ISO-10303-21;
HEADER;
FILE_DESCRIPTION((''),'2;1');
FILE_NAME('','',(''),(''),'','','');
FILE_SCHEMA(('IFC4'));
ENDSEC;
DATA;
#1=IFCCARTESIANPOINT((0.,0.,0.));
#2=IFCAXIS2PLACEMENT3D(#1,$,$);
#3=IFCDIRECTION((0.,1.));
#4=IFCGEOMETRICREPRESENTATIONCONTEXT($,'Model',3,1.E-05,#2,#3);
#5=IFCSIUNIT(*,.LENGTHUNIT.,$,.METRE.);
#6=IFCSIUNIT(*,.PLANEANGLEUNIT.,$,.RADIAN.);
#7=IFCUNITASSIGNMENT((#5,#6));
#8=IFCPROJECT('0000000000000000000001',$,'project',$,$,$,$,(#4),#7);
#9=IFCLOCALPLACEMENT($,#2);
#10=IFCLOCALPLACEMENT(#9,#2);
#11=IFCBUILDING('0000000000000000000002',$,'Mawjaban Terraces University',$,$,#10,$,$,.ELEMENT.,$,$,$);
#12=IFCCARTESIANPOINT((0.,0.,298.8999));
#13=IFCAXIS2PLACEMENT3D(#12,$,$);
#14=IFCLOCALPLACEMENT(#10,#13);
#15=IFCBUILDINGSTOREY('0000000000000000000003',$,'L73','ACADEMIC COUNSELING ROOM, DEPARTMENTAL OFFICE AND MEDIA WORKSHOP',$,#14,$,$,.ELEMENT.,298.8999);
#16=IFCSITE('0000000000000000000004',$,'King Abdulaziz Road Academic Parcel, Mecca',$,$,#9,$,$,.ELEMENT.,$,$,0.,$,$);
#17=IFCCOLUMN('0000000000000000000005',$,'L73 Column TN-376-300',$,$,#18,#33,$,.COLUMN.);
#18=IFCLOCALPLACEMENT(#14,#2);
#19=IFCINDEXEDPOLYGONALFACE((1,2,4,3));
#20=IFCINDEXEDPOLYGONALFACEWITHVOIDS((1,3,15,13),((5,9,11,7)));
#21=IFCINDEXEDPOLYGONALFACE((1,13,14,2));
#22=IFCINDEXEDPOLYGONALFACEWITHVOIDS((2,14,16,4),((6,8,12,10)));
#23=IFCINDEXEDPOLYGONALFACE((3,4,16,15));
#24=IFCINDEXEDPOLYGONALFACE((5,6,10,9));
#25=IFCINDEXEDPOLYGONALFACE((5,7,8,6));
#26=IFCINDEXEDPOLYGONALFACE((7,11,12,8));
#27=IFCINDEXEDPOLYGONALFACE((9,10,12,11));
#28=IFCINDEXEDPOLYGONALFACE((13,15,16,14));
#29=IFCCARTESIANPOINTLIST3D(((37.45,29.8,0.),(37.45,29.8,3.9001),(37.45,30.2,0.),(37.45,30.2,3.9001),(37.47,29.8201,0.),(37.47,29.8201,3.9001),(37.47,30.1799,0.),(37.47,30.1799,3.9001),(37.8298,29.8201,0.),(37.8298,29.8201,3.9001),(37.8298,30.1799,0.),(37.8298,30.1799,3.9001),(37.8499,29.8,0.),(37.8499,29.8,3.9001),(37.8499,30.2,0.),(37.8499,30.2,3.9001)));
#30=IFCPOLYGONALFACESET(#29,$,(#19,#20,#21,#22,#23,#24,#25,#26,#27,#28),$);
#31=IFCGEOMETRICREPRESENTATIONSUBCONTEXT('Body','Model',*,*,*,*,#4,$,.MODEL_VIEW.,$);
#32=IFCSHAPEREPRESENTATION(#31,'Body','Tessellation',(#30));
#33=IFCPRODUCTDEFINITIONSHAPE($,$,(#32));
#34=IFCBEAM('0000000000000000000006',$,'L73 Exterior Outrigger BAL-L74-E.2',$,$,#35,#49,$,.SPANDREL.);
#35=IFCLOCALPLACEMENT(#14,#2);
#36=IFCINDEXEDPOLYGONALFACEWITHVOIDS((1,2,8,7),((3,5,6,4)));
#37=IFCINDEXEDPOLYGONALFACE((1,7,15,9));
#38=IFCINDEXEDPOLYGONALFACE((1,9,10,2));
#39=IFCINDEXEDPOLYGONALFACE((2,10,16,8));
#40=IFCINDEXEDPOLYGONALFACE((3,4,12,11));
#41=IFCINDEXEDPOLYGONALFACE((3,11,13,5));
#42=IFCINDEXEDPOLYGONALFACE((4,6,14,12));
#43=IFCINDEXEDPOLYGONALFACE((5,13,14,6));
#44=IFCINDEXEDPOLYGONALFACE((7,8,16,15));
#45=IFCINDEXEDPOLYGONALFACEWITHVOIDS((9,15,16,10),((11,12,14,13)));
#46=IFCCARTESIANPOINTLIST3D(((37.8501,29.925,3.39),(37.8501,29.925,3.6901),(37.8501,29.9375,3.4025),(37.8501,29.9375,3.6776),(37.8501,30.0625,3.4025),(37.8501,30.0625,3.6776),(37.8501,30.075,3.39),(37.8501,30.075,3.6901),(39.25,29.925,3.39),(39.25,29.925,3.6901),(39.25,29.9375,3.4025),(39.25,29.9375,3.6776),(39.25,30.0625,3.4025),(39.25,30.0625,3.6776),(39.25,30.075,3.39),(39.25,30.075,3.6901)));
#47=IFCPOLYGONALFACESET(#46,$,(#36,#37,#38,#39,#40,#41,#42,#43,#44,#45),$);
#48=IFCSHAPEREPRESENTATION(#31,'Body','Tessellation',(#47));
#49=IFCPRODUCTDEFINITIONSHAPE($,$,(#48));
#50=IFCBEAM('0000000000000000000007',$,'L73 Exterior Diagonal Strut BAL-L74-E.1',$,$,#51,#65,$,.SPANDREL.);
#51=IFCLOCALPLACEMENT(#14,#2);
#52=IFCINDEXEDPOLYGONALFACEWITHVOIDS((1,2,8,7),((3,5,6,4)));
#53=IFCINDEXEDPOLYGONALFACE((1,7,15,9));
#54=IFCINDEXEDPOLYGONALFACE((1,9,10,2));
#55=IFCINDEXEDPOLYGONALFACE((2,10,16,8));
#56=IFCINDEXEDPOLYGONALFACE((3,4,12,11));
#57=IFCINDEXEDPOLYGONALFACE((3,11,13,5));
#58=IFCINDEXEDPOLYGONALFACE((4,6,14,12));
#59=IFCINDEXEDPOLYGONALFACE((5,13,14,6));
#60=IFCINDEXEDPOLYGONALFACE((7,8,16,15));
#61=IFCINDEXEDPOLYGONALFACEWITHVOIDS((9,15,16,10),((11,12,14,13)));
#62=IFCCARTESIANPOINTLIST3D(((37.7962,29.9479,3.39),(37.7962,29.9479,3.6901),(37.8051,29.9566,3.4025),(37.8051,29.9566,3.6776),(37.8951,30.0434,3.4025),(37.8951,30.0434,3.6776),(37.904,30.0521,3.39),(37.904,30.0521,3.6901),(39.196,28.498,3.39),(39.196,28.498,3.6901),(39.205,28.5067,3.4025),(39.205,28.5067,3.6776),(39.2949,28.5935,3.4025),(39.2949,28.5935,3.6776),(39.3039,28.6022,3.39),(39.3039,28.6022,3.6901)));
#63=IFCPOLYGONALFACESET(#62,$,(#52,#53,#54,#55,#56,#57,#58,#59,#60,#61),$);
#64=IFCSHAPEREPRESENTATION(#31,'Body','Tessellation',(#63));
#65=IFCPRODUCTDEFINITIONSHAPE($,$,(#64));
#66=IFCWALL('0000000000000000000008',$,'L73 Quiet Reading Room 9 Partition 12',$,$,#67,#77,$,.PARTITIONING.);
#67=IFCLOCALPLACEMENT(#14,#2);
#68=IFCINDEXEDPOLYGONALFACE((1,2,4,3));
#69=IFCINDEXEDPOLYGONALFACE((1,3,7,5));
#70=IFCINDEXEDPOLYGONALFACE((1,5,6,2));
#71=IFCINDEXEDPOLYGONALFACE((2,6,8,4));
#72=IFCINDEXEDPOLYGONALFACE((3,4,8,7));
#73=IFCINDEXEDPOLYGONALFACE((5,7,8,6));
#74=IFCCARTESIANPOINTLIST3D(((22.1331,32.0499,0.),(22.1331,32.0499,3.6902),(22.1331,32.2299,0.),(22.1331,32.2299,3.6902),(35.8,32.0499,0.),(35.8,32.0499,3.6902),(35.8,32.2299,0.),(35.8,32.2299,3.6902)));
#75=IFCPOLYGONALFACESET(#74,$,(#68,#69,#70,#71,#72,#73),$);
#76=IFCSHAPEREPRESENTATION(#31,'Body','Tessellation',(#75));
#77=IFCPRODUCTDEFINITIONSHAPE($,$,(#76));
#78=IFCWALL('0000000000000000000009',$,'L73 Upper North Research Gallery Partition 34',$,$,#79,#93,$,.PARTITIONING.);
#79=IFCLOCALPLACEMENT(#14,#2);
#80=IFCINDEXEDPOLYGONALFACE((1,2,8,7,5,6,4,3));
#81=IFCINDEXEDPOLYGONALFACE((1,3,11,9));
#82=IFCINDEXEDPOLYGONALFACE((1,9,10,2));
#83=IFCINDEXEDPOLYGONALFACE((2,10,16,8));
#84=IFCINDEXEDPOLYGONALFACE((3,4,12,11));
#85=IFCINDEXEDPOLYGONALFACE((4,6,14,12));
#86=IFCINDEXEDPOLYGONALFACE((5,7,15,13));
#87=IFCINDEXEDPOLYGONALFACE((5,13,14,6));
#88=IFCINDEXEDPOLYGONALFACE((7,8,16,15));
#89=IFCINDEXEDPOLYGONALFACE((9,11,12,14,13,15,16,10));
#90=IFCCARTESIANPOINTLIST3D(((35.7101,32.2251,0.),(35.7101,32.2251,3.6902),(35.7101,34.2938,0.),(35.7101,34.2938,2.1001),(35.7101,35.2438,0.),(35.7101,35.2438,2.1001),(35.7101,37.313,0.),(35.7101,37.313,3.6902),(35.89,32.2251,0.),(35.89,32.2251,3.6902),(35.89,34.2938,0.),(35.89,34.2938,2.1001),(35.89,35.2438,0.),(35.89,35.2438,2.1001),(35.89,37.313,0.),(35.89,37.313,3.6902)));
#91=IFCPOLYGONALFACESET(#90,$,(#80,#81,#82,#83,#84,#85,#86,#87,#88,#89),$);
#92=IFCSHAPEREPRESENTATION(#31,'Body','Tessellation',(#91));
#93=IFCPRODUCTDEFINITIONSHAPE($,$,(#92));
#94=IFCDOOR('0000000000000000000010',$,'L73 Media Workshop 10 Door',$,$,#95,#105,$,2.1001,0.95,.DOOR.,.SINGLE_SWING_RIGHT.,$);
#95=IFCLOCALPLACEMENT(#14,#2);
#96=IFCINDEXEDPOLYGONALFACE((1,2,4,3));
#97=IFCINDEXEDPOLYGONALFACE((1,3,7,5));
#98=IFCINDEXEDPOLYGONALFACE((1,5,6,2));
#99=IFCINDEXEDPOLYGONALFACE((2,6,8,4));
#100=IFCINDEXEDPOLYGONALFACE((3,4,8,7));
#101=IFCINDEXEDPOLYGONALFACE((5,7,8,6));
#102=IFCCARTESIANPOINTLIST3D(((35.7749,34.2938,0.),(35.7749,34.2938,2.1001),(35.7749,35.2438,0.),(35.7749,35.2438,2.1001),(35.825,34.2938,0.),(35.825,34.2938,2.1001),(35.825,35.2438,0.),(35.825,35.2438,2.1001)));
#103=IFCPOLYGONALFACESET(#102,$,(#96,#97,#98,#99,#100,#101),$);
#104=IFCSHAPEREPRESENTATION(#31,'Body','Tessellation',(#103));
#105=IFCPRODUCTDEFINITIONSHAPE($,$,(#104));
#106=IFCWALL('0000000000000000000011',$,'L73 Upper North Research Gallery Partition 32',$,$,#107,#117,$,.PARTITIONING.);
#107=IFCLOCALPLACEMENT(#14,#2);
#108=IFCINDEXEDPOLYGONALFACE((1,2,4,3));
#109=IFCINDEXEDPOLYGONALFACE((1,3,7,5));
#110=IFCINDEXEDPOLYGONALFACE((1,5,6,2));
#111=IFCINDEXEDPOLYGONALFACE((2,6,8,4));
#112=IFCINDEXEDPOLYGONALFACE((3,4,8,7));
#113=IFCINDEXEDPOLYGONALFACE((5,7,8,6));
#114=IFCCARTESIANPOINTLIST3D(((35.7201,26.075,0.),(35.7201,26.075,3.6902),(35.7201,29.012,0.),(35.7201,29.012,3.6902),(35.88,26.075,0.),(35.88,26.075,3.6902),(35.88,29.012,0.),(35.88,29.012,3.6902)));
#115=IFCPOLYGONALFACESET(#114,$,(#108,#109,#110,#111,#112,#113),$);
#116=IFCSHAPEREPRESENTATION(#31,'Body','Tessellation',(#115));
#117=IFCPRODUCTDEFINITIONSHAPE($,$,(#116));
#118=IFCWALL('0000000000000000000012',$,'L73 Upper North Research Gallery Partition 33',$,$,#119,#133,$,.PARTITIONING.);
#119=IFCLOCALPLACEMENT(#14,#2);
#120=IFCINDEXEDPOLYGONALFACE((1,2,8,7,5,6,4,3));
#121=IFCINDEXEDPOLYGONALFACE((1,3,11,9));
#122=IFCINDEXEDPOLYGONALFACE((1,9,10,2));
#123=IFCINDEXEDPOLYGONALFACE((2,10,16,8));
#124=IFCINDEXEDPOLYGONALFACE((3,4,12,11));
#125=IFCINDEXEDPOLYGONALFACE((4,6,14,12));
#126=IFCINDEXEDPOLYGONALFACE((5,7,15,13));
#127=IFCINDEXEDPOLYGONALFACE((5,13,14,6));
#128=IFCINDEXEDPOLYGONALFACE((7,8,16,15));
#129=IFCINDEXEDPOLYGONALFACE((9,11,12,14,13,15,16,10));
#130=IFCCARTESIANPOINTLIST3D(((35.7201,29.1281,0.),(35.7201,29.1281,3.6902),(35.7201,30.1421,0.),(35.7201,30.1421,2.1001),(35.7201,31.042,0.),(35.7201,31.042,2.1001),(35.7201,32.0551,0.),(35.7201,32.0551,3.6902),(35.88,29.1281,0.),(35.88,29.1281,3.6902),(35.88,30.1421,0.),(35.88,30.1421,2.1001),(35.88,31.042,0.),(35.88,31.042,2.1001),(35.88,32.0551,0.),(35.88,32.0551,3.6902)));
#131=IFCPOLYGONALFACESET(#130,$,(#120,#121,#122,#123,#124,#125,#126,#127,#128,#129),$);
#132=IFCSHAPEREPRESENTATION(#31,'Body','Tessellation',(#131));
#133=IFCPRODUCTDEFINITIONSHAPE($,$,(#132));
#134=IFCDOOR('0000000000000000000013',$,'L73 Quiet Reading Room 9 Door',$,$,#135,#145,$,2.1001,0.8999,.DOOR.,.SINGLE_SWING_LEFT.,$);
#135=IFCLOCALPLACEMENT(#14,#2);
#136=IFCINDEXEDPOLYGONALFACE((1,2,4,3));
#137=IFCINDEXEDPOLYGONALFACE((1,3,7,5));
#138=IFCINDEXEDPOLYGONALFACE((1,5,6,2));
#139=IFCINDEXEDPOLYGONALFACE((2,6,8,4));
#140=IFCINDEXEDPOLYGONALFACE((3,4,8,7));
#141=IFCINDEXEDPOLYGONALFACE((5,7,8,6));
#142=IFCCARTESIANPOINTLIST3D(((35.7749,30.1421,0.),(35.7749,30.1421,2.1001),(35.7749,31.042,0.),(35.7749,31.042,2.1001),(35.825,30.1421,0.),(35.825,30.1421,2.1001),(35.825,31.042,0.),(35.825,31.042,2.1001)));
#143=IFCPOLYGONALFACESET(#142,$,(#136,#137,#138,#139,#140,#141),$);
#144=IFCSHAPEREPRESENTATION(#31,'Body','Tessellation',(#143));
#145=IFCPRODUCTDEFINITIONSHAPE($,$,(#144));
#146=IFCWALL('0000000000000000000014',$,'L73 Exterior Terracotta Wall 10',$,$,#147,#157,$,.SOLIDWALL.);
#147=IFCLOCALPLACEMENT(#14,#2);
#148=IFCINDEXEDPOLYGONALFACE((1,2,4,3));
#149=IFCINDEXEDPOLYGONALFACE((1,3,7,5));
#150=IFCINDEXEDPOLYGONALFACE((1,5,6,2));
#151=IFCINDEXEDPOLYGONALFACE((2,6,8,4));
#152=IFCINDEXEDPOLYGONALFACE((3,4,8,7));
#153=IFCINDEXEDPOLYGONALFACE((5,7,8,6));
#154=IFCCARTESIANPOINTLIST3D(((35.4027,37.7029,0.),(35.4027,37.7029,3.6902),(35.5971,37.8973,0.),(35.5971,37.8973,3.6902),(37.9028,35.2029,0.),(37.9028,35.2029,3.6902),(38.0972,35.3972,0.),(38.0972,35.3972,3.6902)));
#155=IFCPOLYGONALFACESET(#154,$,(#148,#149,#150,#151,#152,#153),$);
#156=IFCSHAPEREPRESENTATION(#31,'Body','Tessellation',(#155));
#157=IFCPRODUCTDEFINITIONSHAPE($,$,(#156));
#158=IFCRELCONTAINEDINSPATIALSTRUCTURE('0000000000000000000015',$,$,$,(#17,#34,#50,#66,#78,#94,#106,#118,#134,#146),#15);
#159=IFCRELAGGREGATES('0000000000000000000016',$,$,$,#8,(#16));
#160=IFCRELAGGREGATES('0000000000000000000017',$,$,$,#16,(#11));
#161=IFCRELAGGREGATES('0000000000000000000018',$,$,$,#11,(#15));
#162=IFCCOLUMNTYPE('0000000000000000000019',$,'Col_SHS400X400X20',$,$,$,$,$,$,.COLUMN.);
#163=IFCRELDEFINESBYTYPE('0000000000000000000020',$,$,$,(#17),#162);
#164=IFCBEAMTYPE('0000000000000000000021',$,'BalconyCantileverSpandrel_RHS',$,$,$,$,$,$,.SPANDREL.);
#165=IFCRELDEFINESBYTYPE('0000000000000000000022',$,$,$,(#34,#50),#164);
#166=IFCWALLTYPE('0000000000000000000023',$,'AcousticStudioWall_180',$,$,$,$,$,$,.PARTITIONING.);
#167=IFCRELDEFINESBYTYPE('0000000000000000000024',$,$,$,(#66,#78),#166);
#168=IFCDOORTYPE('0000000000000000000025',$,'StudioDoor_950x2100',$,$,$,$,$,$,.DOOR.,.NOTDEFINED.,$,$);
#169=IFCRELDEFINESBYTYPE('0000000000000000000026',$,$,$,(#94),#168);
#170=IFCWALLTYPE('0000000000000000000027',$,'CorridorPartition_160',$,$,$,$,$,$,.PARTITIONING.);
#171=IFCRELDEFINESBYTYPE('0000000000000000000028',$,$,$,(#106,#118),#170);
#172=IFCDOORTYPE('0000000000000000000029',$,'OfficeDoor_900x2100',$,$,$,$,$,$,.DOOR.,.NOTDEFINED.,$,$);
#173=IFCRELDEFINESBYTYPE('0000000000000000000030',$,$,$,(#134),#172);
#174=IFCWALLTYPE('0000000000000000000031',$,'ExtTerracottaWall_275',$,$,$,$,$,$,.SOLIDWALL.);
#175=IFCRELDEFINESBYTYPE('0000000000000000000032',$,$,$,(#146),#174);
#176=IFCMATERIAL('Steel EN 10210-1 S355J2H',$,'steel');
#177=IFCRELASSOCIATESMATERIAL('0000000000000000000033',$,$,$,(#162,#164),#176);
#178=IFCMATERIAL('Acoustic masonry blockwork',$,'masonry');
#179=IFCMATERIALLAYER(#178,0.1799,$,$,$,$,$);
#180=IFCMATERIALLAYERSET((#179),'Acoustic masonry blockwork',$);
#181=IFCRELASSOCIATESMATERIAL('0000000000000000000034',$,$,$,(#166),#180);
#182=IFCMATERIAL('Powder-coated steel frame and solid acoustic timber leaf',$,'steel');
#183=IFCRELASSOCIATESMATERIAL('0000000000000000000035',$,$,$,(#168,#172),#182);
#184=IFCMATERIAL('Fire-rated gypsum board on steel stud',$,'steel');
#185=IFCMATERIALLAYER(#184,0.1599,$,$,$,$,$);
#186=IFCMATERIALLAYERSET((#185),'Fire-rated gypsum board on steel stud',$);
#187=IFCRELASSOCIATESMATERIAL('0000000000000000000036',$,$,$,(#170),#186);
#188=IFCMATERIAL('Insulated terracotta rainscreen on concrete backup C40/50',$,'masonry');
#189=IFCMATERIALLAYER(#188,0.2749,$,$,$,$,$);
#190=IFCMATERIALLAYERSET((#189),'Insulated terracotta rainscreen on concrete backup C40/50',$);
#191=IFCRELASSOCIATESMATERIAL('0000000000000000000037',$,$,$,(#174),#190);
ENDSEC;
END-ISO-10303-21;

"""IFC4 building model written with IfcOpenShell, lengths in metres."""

from ifc_helpers import new_model, si_unit, direction, frame, frame_2d, origin, origin_2d, place, context, subcontext, project, spatial, rectangle, hollow_rectangle, extrude, material, layer, layer_set, material_profile, profile_set, type_object, element, fill, save


model = new_model("IFC4")

# Units and contexts
model_context = context("Model", 3, precision=1e-05, world=origin(), true_north=direction((0.0, 1.0)))
body_context = subcontext(model_context, "Body", "Model", "MODEL_VIEW")
ifc_project = project(units=[si_unit("LENGTHUNIT", "METRE"), si_unit("PLANEANGLEUNIT", "RADIAN")], contexts=[model_context])

# Site, building, storey
site_placement = place(None, origin())
site = spatial("IfcSite", under=ifc_project, at=site_placement, Name="King Abdulaziz Road Academic Parcel, Mecca", CompositionType="ELEMENT", RefElevation=0.0)
building_placement = place(site_placement, origin())
building = spatial("IfcBuilding", under=site, at=building_placement, Name="Mawjaban Terraces University", CompositionType="ELEMENT")
storey_placement = place(building_placement, frame((0.0, 0.0, 298.8999)))
storey = spatial("IfcBuildingStorey", under=building, at=storey_placement, Name="L73", Description="ACADEMIC COUNSELING ROOM, DEPARTMENTAL OFFICE AND MEDIA WORKSHOP", CompositionType="ELEMENT", Elevation=298.8999)

# Column
ifc_material_1 = material(Name="Steel EN 10210-1 S355J2H", Category="steel")
ifc_material_profile_1 = material_profile(ifc_material_1, hollow_rectangle(XDim=0.3999, YDim=0.3999, WallThickness=0.02, at=origin_2d()), Name="SHS400X400X20")
ifc_profile_set_1 = profile_set([ifc_material_profile_1], Name="Steel EN 10210-1 S355J2H")
column_type = type_object("IfcColumnType", Name="Col_SHS400X400X20", PredefinedType="COLUMN", material=ifc_profile_set_1)
column_placement = place(storey_placement, frame((37.6499, 30.0, 0.0), z_axis=(0.0, 0.0, 1.0), x_axis=(1.0, 0.0, 0.0)))
element("IfcColumn", 1, at=column_placement, inside=storey, type_object=column_type, Name="L73 Column TN-376-300", PredefinedType="COLUMN", context=body_context, shape_type="SweptSolid", body=[
    extrude(hollow_rectangle(XDim=0.3999, YDim=0.3999, WallThickness=0.02, at=origin_2d()), origin(), (0.0, 0.0, 1.0), 3.9001),
])

# Beams
ifc_material_profile_2 = material_profile(ifc_material_1, hollow_rectangle(XDim=0.1499, YDim=0.3, WallThickness=0.0125, at=origin_2d()), Name="RHS300X150X12.5")
ifc_profile_set_2 = profile_set([ifc_material_profile_2], Name="Steel EN 10210-1 S355J2H")
beam_type = type_object("IfcBeamType", Name="BalconyCantileverSpandrel_RHS", PredefinedType="SPANDREL", material=ifc_profile_set_2)
beam_1_placement = place(storey_placement, frame((37.8501, 30.0, 3.54), z_axis=(1.0, 0.0, 0.0), x_axis=(0.0, 1.0, 0.0)))
element("IfcBeam", 2, at=beam_1_placement, inside=storey, type_object=beam_type, Name="L73 Exterior Outrigger BAL-L74-E.2", PredefinedType="SPANDREL", context=body_context, shape_type="SweptSolid", body=[
    extrude(hollow_rectangle(XDim=0.1499, YDim=0.3, WallThickness=0.0125, at=origin_2d()), origin(), (0.0, 0.0, 1.0), 1.3999),
])
beam_2_placement = place(storey_placement, frame((37.8501, 30.0, 3.54), z_axis=(0.694582, -0.719414, 0.0), x_axis=(0.719414, 0.694582, 0.0)))
element("IfcBeam", 3, at=beam_2_placement, inside=storey, type_object=beam_type, Name="L73 Exterior Diagonal Strut BAL-L74-E.1", PredefinedType="SPANDREL", context=body_context, shape_type="SweptSolid", body=[
    extrude(hollow_rectangle(XDim=0.1499, YDim=0.3, WallThickness=0.0125, at=origin_2d()), origin(), (0.0, 0.0, 1.0), 2.0154),
])

# Wall
ifc_material_2 = material(Name="Acoustic masonry blockwork", Category="masonry")
ifc_layer_1 = layer(ifc_material_2, 0.1799)
ifc_layer_set_1 = layer_set([ifc_layer_1], Name="Acoustic masonry blockwork")
wall_type_1 = type_object("IfcWallType", Name="AcousticStudioWall_180", PredefinedType="PARTITIONING", material=ifc_layer_set_1)
wall_1_placement = place(storey_placement, frame((35.8, 32.1399, 0.0), z_axis=(0.0, 0.0, 1.0), x_axis=(-1.0, 0.0, 0.0)))
element("IfcWall", 4, at=wall_1_placement, inside=storey, type_object=wall_type_1, Name="L73 Quiet Reading Room 9 Partition 12", PredefinedType="PARTITIONING", context=body_context, shape_type="SweptSolid", body=[
    extrude(rectangle(XDim=13.667, YDim=0.1799, at=frame_2d((6.8335, 0.0))), origin(), (0.0, 0.0, 1.0), 3.6902),
])

# Wall, opening, door
wall_2_placement = place(storey_placement, frame((35.8, 37.313, 0.0), z_axis=(0.0, 0.0, 1.0), x_axis=(0.0, -1.0, 0.0)))
wall_2 = element("IfcWall", 5, at=wall_2_placement, inside=storey, type_object=wall_type_1, Name="L73 Upper North Research Gallery Partition 34", PredefinedType="PARTITIONING", context=body_context, shape_type="SweptSolid", body=[
    extrude(rectangle(XDim=5.0879, YDim=0.1799, at=frame_2d((2.5439, 0.0))), origin(), (0.0, 0.0, 1.0), 3.6902),
])
opening_1_placement = place(wall_2_placement, frame((2.0691, 0.0, 0.0)))
opening_1 = element("IfcOpeningElement", 6, at=opening_1_placement, cuts=wall_2, PredefinedType="OPENING", context=body_context, shape_type="SweptSolid", body=[
    extrude(rectangle(XDim=0.95, YDim=2.1001, at=frame_2d((0.4751, 1.05))), frame((0.0, 0.0999, 0.0), z_axis=(0.0, -1.0, 0.0), x_axis=(1.0, 0.0, 0.0)), (0.0, 0.0, 1.0), 0.2),
])
ifc_material_3 = material(Name="Powder-coated steel frame and solid acoustic timber leaf", Category="steel")
door_type_1 = type_object("IfcDoorType", Name="StudioDoor_950x2100", OperationType="NOTDEFINED", PredefinedType="DOOR", material=ifc_material_3)
door_1_placement = place(opening_1_placement, origin())
door_1 = element("IfcDoor", 7, at=door_1_placement, inside=storey, type_object=door_type_1, Name="L73 Media Workshop 10 Door", OperationType="SINGLE_SWING_RIGHT", OverallHeight=2.1001, OverallWidth=0.95, PredefinedType="DOOR", context=body_context, shape_type="SweptSolid", body=[
    extrude(rectangle(XDim=0.95, YDim=2.1001, at=frame_2d((0.4751, 1.05))), frame((0.0, 0.0249, 0.0), z_axis=(0.0, -1.0, 0.0), x_axis=(1.0, 0.0, 0.0)), (0.0, 0.0, 1.0), 0.05),
])
fill(opening_1, door_1)

# Wall
ifc_material_4 = material(Name="Fire-rated gypsum board on steel stud", Category="steel")
ifc_layer_2 = layer(ifc_material_4, 0.1599)
ifc_layer_set_2 = layer_set([ifc_layer_2], Name="Fire-rated gypsum board on steel stud")
wall_type_2 = type_object("IfcWallType", Name="CorridorPartition_160", PredefinedType="PARTITIONING", material=ifc_layer_set_2)
wall_3_placement = place(storey_placement, frame((35.8, 29.012, 0.0), z_axis=(0.0, 0.0, 1.0), x_axis=(0.0, -1.0, 0.0)))
element("IfcWall", 8, at=wall_3_placement, inside=storey, type_object=wall_type_2, Name="L73 Upper North Research Gallery Partition 32", PredefinedType="PARTITIONING", context=body_context, shape_type="SweptSolid", body=[
    extrude(rectangle(XDim=2.937, YDim=0.1599, at=frame_2d((1.4685, 0.0))), origin(), (0.0, 0.0, 1.0), 3.6902),
])

# Wall, opening, door
wall_4_placement = place(storey_placement, frame((35.8, 32.0549, 0.0), z_axis=(0.0, 0.0, 1.0), x_axis=(0.0, -1.0, 0.0)))
wall_4 = element("IfcWall", 9, at=wall_4_placement, inside=storey, type_object=wall_type_2, Name="L73 Upper North Research Gallery Partition 33", PredefinedType="PARTITIONING", context=body_context, shape_type="SweptSolid", body=[
    extrude(rectangle(XDim=2.927, YDim=0.1599, at=frame_2d((1.4634, 0.0))), origin(), (0.0, 0.0, 1.0), 3.6902),
])
opening_2_placement = place(wall_4_placement, frame((1.0129, 0.0, 0.0)))
opening_2 = element("IfcOpeningElement", 10, at=opening_2_placement, cuts=wall_4, PredefinedType="OPENING", context=body_context, shape_type="SweptSolid", body=[
    extrude(rectangle(XDim=0.8999, YDim=2.1001, at=frame_2d((0.45, 1.05))), frame((0.0, 0.0898, 0.0), z_axis=(0.0, -1.0, 0.0), x_axis=(1.0, 0.0, 0.0)), (0.0, 0.0, 1.0), 0.1799),
])
door_type_2 = type_object("IfcDoorType", Name="OfficeDoor_900x2100", OperationType="NOTDEFINED", PredefinedType="DOOR", material=ifc_material_3)
door_2_placement = place(opening_2_placement, origin())
door_2 = element("IfcDoor", 11, at=door_2_placement, inside=storey, type_object=door_type_2, Name="L73 Quiet Reading Room 9 Door", OperationType="SINGLE_SWING_LEFT", OverallHeight=2.1001, OverallWidth=0.8999, PredefinedType="DOOR", context=body_context, shape_type="SweptSolid", body=[
    extrude(rectangle(XDim=0.8999, YDim=2.1001, at=frame_2d((0.45, 1.05))), frame((0.0, 0.0249, 0.0), z_axis=(0.0, -1.0, 0.0), x_axis=(1.0, 0.0, 0.0)), (0.0, 0.0, 1.0), 0.05),
])
fill(opening_2, door_2)

# Wall
ifc_material_5 = material(Name="Insulated terracotta rainscreen on concrete backup C40/50", Category="masonry")
ifc_layer_3 = layer(ifc_material_5, 0.2749)
ifc_layer_set_3 = layer_set([ifc_layer_3], Name="Insulated terracotta rainscreen on concrete backup C40/50")
wall_type_3 = type_object("IfcWallType", Name="ExtTerracottaWall_275", PredefinedType="SOLIDWALL", material=ifc_layer_set_3)
wall_5_placement = place(storey_placement, frame((38.0, 35.3, 0.0), z_axis=(0.0, 0.0, 1.0), x_axis=(-0.707107, 0.707107, 0.0)))
element("IfcWall", 12, at=wall_5_placement, inside=storey, type_object=wall_type_3, Name="L73 Exterior Terracotta Wall 10", PredefinedType="SOLIDWALL", context=body_context, shape_type="SweptSolid", body=[
    extrude(rectangle(XDim=3.5356, YDim=0.2749, at=frame_2d((1.7678, 0.0))), origin(), (0.0, 0.0, 1.0), 3.6902),
])

save(model, "model.ifc")
